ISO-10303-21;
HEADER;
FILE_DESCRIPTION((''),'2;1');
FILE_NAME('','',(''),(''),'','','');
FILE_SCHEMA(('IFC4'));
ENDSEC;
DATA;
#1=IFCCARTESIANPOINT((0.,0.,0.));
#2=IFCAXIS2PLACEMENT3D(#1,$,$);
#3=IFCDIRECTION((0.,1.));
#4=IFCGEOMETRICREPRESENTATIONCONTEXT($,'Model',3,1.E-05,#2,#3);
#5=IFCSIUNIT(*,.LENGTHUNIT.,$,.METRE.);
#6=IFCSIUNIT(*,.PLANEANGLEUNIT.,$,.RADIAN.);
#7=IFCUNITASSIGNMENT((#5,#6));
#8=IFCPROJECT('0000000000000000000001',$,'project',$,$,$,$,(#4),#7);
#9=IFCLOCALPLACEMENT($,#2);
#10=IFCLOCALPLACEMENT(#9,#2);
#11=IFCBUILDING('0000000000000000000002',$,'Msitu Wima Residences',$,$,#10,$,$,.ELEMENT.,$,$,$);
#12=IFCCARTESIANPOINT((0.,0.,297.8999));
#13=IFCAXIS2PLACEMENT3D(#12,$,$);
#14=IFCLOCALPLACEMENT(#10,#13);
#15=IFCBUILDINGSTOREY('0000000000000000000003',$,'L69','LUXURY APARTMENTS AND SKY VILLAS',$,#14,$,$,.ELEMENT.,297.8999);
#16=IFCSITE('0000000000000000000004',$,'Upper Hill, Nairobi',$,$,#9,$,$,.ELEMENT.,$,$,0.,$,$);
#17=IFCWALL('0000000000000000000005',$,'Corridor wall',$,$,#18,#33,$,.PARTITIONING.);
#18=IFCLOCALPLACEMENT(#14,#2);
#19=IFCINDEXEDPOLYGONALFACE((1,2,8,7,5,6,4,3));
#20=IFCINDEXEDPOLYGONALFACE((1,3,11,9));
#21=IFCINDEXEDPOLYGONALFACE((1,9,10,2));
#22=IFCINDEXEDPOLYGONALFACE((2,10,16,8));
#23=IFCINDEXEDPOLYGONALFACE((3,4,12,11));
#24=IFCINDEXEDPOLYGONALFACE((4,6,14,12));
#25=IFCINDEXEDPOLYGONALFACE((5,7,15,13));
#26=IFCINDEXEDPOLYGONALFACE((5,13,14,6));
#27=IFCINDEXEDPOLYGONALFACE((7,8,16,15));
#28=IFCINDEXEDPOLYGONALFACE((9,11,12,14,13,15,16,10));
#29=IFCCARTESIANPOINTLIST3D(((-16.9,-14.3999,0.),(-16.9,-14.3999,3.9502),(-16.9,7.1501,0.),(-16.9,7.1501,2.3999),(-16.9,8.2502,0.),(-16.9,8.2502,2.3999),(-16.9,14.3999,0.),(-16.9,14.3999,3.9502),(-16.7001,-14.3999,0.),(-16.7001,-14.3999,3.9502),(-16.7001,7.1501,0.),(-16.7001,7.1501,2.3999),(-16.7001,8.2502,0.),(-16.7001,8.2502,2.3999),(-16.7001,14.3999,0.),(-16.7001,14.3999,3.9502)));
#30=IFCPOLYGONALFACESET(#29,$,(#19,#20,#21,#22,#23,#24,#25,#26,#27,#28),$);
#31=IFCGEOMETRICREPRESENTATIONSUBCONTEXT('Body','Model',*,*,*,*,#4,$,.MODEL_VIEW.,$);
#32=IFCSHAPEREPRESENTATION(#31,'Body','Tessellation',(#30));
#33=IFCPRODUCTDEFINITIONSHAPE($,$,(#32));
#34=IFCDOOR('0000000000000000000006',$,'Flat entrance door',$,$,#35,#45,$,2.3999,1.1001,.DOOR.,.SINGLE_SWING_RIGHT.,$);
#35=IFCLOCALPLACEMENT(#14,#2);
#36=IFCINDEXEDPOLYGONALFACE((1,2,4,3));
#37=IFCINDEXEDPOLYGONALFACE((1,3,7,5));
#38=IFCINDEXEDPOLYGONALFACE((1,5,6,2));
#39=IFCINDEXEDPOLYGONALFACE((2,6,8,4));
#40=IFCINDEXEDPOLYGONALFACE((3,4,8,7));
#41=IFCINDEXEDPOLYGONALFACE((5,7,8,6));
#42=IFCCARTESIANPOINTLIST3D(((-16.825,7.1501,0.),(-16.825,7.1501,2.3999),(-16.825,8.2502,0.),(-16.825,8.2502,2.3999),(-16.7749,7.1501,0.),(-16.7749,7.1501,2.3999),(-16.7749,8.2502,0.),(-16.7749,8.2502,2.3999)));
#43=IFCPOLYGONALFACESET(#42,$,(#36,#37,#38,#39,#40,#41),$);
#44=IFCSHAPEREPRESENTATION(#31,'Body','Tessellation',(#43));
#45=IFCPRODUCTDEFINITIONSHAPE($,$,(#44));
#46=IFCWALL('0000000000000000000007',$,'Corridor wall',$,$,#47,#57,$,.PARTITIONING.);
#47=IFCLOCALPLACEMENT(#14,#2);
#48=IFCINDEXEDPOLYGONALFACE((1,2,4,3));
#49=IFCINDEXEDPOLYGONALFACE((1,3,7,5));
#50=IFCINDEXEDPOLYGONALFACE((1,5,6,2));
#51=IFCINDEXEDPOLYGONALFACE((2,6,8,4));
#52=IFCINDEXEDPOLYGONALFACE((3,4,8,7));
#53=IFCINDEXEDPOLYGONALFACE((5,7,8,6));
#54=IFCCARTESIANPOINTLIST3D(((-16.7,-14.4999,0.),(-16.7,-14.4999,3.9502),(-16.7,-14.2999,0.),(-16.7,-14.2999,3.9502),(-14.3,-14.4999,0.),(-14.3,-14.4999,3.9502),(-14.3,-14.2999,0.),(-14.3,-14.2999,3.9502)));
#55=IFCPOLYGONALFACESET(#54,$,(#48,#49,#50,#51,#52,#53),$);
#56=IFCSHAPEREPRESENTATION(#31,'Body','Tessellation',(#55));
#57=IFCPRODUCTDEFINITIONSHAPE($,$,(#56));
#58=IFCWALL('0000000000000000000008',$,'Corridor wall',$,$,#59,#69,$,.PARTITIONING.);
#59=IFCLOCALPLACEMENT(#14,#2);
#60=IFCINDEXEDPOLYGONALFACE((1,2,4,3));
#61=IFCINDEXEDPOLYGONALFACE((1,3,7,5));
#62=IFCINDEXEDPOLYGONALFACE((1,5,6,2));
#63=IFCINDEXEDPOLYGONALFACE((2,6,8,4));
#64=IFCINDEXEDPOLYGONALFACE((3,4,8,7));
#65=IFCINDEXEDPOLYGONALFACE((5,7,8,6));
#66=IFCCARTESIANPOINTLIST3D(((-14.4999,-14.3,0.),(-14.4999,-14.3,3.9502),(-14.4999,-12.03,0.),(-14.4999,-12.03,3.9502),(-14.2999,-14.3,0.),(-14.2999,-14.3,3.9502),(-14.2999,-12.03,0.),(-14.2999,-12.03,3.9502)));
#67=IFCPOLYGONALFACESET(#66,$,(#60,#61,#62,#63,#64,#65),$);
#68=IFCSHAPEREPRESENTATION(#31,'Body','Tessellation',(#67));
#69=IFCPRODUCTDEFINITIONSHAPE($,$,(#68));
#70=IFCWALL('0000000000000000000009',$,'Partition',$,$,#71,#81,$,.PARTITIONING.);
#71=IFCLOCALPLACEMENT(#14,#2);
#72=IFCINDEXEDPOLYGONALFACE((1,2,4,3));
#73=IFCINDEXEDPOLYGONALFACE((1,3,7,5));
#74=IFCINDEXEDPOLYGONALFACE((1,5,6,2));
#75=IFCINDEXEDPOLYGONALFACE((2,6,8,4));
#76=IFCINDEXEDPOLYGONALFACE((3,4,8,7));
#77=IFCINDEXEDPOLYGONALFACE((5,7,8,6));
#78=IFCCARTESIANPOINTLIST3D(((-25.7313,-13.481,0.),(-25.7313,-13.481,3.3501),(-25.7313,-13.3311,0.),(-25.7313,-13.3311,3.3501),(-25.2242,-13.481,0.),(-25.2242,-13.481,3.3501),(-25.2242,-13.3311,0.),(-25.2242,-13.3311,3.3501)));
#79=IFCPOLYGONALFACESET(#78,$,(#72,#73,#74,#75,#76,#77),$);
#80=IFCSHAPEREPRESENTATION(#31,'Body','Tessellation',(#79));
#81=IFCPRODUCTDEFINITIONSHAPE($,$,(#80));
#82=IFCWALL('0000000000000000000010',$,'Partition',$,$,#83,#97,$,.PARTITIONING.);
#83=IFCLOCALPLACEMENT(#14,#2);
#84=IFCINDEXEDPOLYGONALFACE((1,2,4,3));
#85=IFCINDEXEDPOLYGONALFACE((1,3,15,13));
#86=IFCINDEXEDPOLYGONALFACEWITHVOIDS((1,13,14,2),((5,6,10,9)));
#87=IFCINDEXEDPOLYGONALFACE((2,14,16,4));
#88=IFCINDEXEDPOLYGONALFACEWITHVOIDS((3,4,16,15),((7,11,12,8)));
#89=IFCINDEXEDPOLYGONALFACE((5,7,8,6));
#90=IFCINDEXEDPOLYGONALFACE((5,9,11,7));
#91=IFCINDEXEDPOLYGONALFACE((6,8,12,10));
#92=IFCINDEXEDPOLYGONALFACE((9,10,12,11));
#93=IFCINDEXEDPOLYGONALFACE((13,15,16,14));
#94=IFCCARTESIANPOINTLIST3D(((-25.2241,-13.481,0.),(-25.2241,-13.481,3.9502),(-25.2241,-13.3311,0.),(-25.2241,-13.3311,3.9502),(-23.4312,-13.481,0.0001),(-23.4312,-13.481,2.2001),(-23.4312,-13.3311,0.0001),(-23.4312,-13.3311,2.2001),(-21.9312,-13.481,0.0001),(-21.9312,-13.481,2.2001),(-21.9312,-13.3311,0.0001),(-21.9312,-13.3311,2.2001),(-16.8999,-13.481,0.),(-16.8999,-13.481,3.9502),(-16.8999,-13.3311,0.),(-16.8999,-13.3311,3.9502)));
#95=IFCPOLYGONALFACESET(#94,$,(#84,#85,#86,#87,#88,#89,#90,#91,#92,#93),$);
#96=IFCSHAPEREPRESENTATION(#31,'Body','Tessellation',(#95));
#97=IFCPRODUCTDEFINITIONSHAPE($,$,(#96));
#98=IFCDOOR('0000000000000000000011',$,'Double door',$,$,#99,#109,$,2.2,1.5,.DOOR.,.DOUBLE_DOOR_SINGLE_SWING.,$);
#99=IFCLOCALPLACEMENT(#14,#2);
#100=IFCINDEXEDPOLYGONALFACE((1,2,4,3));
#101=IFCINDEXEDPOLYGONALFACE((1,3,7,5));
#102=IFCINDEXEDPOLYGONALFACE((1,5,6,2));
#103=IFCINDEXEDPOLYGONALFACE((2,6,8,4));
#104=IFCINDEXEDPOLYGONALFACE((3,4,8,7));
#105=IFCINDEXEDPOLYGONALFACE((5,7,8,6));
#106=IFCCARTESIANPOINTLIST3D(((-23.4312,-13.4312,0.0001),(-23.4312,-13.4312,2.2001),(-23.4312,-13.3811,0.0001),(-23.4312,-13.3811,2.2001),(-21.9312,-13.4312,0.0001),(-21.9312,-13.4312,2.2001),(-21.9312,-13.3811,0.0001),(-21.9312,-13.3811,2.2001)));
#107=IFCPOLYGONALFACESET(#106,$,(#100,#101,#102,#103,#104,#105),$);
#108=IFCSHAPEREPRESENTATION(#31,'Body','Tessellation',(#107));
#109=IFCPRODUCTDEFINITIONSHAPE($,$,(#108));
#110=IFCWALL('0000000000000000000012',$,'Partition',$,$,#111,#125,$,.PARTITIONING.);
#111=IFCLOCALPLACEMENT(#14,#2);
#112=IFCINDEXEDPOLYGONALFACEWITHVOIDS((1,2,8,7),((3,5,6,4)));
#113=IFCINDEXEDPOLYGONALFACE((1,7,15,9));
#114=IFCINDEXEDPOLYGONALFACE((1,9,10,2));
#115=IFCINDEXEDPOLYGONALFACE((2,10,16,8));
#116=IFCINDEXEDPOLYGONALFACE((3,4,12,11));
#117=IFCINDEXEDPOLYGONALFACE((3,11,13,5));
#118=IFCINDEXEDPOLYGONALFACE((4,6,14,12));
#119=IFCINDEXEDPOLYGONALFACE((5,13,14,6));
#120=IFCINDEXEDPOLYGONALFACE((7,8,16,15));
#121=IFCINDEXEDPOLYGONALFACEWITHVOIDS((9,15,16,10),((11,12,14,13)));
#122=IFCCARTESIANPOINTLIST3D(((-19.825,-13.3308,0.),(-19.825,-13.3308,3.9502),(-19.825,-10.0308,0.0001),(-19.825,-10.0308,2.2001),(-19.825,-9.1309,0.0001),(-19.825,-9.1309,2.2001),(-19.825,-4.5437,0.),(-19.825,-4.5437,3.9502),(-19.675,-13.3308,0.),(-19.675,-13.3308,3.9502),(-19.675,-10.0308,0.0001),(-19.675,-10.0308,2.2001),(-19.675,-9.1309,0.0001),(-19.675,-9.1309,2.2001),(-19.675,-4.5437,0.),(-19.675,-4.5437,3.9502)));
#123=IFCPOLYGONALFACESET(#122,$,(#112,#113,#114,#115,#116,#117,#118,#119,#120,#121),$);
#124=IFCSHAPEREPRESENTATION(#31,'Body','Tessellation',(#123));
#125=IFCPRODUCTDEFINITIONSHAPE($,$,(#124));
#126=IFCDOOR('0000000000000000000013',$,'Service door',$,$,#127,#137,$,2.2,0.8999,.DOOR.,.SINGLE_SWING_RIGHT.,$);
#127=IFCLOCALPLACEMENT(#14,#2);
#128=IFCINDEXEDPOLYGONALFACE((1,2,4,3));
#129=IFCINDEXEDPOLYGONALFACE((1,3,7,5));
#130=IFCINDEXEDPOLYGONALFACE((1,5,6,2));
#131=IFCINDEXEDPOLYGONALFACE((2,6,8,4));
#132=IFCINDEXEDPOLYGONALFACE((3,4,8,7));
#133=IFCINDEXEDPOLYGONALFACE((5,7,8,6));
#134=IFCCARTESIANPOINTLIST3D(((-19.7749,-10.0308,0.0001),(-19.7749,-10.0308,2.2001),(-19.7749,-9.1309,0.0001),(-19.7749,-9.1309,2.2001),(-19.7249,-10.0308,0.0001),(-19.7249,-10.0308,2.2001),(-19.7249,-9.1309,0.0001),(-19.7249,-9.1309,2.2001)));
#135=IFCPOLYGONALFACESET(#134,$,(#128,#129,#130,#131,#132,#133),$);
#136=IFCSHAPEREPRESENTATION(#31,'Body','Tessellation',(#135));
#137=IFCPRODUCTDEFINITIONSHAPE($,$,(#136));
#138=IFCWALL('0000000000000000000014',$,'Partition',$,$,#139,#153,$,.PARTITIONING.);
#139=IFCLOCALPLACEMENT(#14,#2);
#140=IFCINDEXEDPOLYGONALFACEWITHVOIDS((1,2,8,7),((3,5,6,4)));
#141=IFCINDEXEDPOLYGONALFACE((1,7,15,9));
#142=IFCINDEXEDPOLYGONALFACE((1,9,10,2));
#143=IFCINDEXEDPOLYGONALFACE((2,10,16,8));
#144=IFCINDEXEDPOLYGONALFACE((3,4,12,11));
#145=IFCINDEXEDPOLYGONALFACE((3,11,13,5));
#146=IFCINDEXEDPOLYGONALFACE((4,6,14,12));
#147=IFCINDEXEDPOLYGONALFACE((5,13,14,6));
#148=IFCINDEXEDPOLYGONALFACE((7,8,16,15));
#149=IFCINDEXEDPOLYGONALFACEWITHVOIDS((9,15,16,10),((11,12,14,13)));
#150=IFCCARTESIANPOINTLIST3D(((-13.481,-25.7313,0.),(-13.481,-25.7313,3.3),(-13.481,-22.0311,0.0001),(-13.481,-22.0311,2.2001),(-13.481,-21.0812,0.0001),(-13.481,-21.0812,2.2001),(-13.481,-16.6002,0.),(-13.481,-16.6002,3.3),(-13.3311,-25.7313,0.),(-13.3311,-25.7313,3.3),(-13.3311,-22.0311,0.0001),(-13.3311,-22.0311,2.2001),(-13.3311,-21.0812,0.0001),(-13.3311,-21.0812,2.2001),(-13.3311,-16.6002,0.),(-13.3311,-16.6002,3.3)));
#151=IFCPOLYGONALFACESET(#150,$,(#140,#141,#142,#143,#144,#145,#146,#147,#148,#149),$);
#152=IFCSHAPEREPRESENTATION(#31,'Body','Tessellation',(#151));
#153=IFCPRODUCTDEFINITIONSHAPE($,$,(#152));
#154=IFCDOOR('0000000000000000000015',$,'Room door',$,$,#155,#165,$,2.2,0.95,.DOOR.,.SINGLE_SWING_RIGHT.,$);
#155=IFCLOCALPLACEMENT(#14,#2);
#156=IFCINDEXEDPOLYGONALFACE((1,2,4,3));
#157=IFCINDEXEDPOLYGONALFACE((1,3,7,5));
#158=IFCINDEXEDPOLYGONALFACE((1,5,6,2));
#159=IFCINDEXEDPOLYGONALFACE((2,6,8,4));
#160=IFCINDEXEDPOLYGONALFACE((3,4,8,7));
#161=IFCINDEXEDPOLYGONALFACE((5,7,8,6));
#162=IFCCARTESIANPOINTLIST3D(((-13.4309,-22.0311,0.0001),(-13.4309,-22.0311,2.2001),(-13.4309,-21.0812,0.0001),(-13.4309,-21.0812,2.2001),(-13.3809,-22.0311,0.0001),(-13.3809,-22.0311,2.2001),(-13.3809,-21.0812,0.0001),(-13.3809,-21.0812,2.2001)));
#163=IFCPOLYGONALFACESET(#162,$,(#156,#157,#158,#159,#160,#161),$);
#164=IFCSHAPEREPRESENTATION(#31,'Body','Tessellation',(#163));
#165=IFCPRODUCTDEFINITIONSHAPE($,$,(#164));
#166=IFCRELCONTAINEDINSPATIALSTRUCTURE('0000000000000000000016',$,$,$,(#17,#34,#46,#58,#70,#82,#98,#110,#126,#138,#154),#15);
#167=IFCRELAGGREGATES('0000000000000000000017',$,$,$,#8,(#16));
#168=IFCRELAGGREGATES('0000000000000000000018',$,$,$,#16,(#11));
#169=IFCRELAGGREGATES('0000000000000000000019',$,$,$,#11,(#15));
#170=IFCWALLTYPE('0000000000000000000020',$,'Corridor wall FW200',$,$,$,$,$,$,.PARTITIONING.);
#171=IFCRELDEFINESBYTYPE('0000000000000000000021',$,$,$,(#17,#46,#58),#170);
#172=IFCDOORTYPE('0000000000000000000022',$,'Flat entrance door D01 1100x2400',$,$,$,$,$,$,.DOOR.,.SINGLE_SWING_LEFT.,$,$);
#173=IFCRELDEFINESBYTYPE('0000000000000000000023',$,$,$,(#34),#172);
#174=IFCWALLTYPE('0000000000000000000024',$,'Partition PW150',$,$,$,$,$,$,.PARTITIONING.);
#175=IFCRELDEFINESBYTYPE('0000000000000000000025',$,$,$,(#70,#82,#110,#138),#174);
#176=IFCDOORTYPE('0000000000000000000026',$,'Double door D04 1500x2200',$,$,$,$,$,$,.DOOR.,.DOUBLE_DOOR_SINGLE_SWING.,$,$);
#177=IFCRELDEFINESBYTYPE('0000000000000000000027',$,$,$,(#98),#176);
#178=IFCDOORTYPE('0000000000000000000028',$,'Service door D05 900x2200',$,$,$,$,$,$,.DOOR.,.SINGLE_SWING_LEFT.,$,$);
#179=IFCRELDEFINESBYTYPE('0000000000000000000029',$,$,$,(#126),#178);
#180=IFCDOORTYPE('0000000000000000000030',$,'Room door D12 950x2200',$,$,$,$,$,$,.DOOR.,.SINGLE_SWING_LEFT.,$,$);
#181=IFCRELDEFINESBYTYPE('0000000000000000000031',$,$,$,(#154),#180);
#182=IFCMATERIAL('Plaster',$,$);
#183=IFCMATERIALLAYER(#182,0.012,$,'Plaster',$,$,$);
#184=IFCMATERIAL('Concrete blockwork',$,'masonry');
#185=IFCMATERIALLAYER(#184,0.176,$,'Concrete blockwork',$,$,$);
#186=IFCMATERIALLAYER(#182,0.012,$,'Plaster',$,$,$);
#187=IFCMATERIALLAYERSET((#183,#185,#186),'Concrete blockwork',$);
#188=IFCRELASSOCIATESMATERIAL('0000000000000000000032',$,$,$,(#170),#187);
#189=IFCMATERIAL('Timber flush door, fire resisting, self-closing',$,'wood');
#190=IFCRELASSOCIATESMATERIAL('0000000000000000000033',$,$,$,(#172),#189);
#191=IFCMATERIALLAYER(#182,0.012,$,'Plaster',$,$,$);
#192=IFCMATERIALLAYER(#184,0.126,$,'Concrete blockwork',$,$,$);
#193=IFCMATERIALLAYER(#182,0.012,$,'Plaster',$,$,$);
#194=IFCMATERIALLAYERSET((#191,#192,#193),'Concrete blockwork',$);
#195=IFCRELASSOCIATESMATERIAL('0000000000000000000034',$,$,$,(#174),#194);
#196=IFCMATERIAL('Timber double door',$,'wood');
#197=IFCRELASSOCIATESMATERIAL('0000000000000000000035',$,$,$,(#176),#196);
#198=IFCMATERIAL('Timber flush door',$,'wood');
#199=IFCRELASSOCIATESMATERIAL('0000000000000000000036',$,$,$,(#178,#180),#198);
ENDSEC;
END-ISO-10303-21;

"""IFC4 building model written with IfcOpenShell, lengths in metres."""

from ifc_helpers import new_model, si_unit, direction, frame, frame_2d, origin, place, context, subcontext, project, spatial, rectangle, extrude, material, layer, layer_set, type_object, element, fill, save


model = new_model("IFC4")

# Units and contexts
model_context = context("Model", 3, precision=1e-05, world=origin(), true_north=direction((0.0, 1.0)))
body_context = subcontext(model_context, "Body", "Model", "MODEL_VIEW")
ifc_project = project(units=[si_unit("LENGTHUNIT", "METRE"), si_unit("PLANEANGLEUNIT", "RADIAN")], contexts=[model_context])

# Site, building, storey
site_placement = place(None, origin())
site = spatial("IfcSite", under=ifc_project, at=site_placement, Name="Upper Hill, Nairobi", CompositionType="ELEMENT", RefElevation=0.0)
building_placement = place(site_placement, origin())
building = spatial("IfcBuilding", under=site, at=building_placement, Name="Msitu Wima Residences", CompositionType="ELEMENT")
storey_placement = place(building_placement, frame((0.0, 0.0, 297.8999)))
storey = spatial("IfcBuildingStorey", under=building, at=storey_placement, Name="L69", Description="LUXURY APARTMENTS AND SKY VILLAS", CompositionType="ELEMENT", Elevation=297.8999)

# Wall, opening, door
ifc_material_1 = material(Name="Plaster")
ifc_layer_1 = layer(ifc_material_1, 0.012, Name="Plaster")
ifc_material_2 = material(Name="Concrete blockwork", Category="masonry")
ifc_layer_2 = layer(ifc_material_2, 0.176, Name="Concrete blockwork")
ifc_layer_3 = layer(ifc_material_1, 0.012, Name="Plaster")
ifc_layer_set_1 = layer_set([ifc_layer_1, ifc_layer_2, ifc_layer_3], Name="Concrete blockwork")
wall_type_1 = type_object("IfcWallType", Name="Corridor wall FW200", PredefinedType="PARTITIONING", material=ifc_layer_set_1)
wall_1_placement = place(storey_placement, frame((-16.8, -14.3999, 0.0), z_axis=(0.0, 0.0, 1.0), x_axis=(0.0, 1.0, 0.0)))
wall_1 = element("IfcWall", 1, at=wall_1_placement, inside=storey, type_object=wall_type_1, Name="Corridor wall", PredefinedType="PARTITIONING", context=body_context, shape_type="SweptSolid", body=[
    extrude(rectangle(XDim=28.7998, YDim=0.2, at=frame_2d((14.3999, 0.0))), origin(), (0.0, 0.0, 1.0), 3.9502),
])
opening_1_placement = place(wall_1_placement, frame((21.55, 0.0, 0.0)))
opening_1 = element("IfcOpeningElement", 2, at=opening_1_placement, cuts=wall_1, PredefinedType="OPENING", context=body_context, shape_type="SweptSolid", body=[
    extrude(rectangle(XDim=1.1001, YDim=2.3999, at=frame_2d((0.55, 1.2))), frame((0.0, 0.1099, 0.0), z_axis=(0.0, -1.0, 0.0), x_axis=(1.0, 0.0, 0.0)), (0.0, 0.0, 1.0), 0.22),
])
ifc_material_3 = material(Name="Timber flush door, fire resisting, self-closing", Category="wood")
door_type_1 = type_object("IfcDoorType", Name="Flat entrance door D01 1100x2400", OperationType="SINGLE_SWING_LEFT", PredefinedType="DOOR", material=ifc_material_3)
door_1_placement = place(opening_1_placement, origin())
door_1 = element("IfcDoor", 3, at=door_1_placement, inside=storey, type_object=door_type_1, Name="Flat entrance door", OperationType="SINGLE_SWING_RIGHT", OverallHeight=2.3999, OverallWidth=1.1001, PredefinedType="DOOR", context=body_context, shape_type="SweptSolid", body=[
    extrude(rectangle(XDim=1.1001, YDim=2.3999, at=frame_2d((0.55, 1.2))), frame((0.0, 0.0249, 0.0), z_axis=(0.0, -1.0, 0.0), x_axis=(1.0, 0.0, 0.0)), (0.0, 0.0, 1.0), 0.05),
])
fill(opening_1, door_1)

# Walls
wall_2_placement = place(storey_placement, frame((-16.7, -14.3999, 0.0), z_axis=(0.0, 0.0, 1.0), x_axis=(1.0, 0.0, 0.0)))
element("IfcWall", 4, at=wall_2_placement, inside=storey, type_object=wall_type_1, Name="Corridor wall", PredefinedType="PARTITIONING", context=body_context, shape_type="SweptSolid", body=[
    extrude(rectangle(XDim=2.3999, YDim=0.2, at=frame_2d((1.2, 0.0))), origin(), (0.0, 0.0, 1.0), 3.9502),
])
wall_3_placement = place(storey_placement, frame((-14.3999, -14.3, 0.0), z_axis=(0.0, 0.0, 1.0), x_axis=(0.0, 1.0, 0.0)))
element("IfcWall", 5, at=wall_3_placement, inside=storey, type_object=wall_type_1, Name="Corridor wall", PredefinedType="PARTITIONING", context=body_context, shape_type="SweptSolid", body=[
    extrude(rectangle(XDim=2.27, YDim=0.2, at=frame_2d((1.135, 0.0))), origin(), (0.0, 0.0, 1.0), 3.9502),
])
ifc_layer_4 = layer(ifc_material_1, 0.012, Name="Plaster")
ifc_layer_5 = layer(ifc_material_2, 0.126, Name="Concrete blockwork")
ifc_layer_6 = layer(ifc_material_1, 0.012, Name="Plaster")
ifc_layer_set_2 = layer_set([ifc_layer_4, ifc_layer_5, ifc_layer_6], Name="Concrete blockwork")
wall_type_2 = type_object("IfcWallType", Name="Partition PW150", PredefinedType="PARTITIONING", material=ifc_layer_set_2)
wall_4_placement = place(storey_placement, frame((-25.7312, -13.406, 0.0), z_axis=(0.0, 0.0, 1.0), x_axis=(1.0, 0.0, 0.0)))
element("IfcWall", 6, at=wall_4_placement, inside=storey, type_object=wall_type_2, Name="Partition", PredefinedType="PARTITIONING", context=body_context, shape_type="SweptSolid", body=[
    extrude(rectangle(XDim=0.5071, YDim=0.1499, at=frame_2d((0.2534, 0.0))), origin(), (0.0, 0.0, 1.0), 3.3501),
])

# Walls, openings, doors
wall_5_placement = place(storey_placement, frame((-25.2241, -13.406, 0.0), z_axis=(0.0, 0.0, 1.0), x_axis=(1.0, 0.0, 0.0)))
wall_5 = element("IfcWall", 7, at=wall_5_placement, inside=storey, type_object=wall_type_2, Name="Partition", PredefinedType="PARTITIONING", context=body_context, shape_type="SweptSolid", body=[
    extrude(rectangle(XDim=8.3242, YDim=0.1499, at=frame_2d((4.1621, 0.0))), origin(), (0.0, 0.0, 1.0), 3.9502),
])
opening_2_placement = place(wall_5_placement, frame((1.793, 0.0, 0.0)))
opening_2 = element("IfcOpeningElement", 8, at=opening_2_placement, cuts=wall_5, PredefinedType="OPENING", context=body_context, shape_type="SweptSolid", body=[
    extrude(rectangle(XDim=1.5, YDim=2.2, at=frame_2d((0.75, 1.1001))), frame((0.0, 0.085, 0.0), z_axis=(0.0, -1.0, 0.0), x_axis=(1.0, 0.0, 0.0)), (0.0, 0.0, 1.0), 0.1699),
])
ifc_material_4 = material(Name="Timber double door", Category="wood")
door_type_2 = type_object("IfcDoorType", Name="Double door D04 1500x2200", OperationType="DOUBLE_DOOR_SINGLE_SWING", PredefinedType="DOOR", material=ifc_material_4)
door_2_placement = place(opening_2_placement, origin())
door_2 = element("IfcDoor", 9, at=door_2_placement, inside=storey, type_object=door_type_2, Name="Double door", OperationType="DOUBLE_DOOR_SINGLE_SWING", OverallHeight=2.2, OverallWidth=1.5, PredefinedType="DOOR", context=body_context, shape_type="SweptSolid", body=[
    extrude(rectangle(XDim=1.5, YDim=2.2, at=frame_2d((0.75, 1.1001))), frame((0.0, 0.0249, 0.0), z_axis=(0.0, -1.0, 0.0), x_axis=(1.0, 0.0, 0.0)), (0.0, 0.0, 1.0), 0.05),
])
fill(opening_2, door_2)
wall_6_placement = place(storey_placement, frame((-19.75, -13.3308, 0.0), z_axis=(0.0, 0.0, 1.0), x_axis=(0.0, 1.0, 0.0)))
wall_6 = element("IfcWall", 10, at=wall_6_placement, inside=storey, type_object=wall_type_2, Name="Partition", PredefinedType="PARTITIONING", context=body_context, shape_type="SweptSolid", body=[
    extrude(rectangle(XDim=8.7871, YDim=0.1499, at=frame_2d((4.3936, 0.0))), origin(), (0.0, 0.0, 1.0), 3.9502),
])
opening_3_placement = place(wall_6_placement, frame((3.3, 0.0, 0.0)))
opening_3 = element("IfcOpeningElement", 11, at=opening_3_placement, cuts=wall_6, PredefinedType="OPENING", context=body_context, shape_type="SweptSolid", body=[
    extrude(rectangle(XDim=0.8999, YDim=2.2, at=frame_2d((0.45, 1.1001))), frame((0.0, 0.085, 0.0), z_axis=(0.0, -1.0, 0.0), x_axis=(1.0, 0.0, 0.0)), (0.0, 0.0, 1.0), 0.1699),
])
ifc_material_5 = material(Name="Timber flush door", Category="wood")
door_type_3 = type_object("IfcDoorType", Name="Service door D05 900x2200", OperationType="SINGLE_SWING_LEFT", PredefinedType="DOOR", material=ifc_material_5)
door_3_placement = place(opening_3_placement, origin())
door_3 = element("IfcDoor", 12, at=door_3_placement, inside=storey, type_object=door_type_3, Name="Service door", OperationType="SINGLE_SWING_RIGHT", OverallHeight=2.2, OverallWidth=0.8999, PredefinedType="DOOR", context=body_context, shape_type="SweptSolid", body=[
    extrude(rectangle(XDim=0.8999, YDim=2.2, at=frame_2d((0.45, 1.1001))), frame((0.0, 0.0249, 0.0), z_axis=(0.0, -1.0, 0.0), x_axis=(1.0, 0.0, 0.0)), (0.0, 0.0, 1.0), 0.05),
])
fill(opening_3, door_3)
wall_7_placement = place(storey_placement, frame((-13.406, -25.7312, 0.0), z_axis=(0.0, 0.0, 1.0), x_axis=(0.0, 1.0, 0.0)))
wall_7 = element("IfcWall", 13, at=wall_7_placement, inside=storey, type_object=wall_type_2, Name="Partition", PredefinedType="PARTITIONING", context=body_context, shape_type="SweptSolid", body=[
    extrude(rectangle(XDim=9.1311, YDim=0.1499, at=frame_2d((4.5654, 0.0))), origin(), (0.0, 0.0, 1.0), 3.3),
])
opening_4_placement = place(wall_7_placement, frame((3.7, 0.0, 0.0)))
opening_4 = element("IfcOpeningElement", 14, at=opening_4_placement, cuts=wall_7, PredefinedType="OPENING", context=body_context, shape_type="SweptSolid", body=[
    extrude(rectangle(XDim=0.95, YDim=2.2, at=frame_2d((0.4751, 1.1001))), frame((0.0, 0.085, 0.0), z_axis=(0.0, -1.0, 0.0), x_axis=(1.0, 0.0, 0.0)), (0.0, 0.0, 1.0), 0.1699),
])
door_type_4 = type_object("IfcDoorType", Name="Room door D12 950x2200", OperationType="SINGLE_SWING_LEFT", PredefinedType="DOOR", material=ifc_material_5)
door_4_placement = place(opening_4_placement, origin())
door_4 = element("IfcDoor", 15, at=door_4_placement, inside=storey, type_object=door_type_4, Name="Room door", OperationType="SINGLE_SWING_RIGHT", OverallHeight=2.2, OverallWidth=0.95, PredefinedType="DOOR", context=body_context, shape_type="SweptSolid", body=[
    extrude(rectangle(XDim=0.95, YDim=2.2, at=frame_2d((0.4751, 1.1001))), frame((0.0, 0.0249, 0.0), z_axis=(0.0, -1.0, 0.0), x_axis=(1.0, 0.0, 0.0)), (0.0, 0.0, 1.0), 0.05),
])
fill(opening_4, door_4)

save(model, "model.ifc")
